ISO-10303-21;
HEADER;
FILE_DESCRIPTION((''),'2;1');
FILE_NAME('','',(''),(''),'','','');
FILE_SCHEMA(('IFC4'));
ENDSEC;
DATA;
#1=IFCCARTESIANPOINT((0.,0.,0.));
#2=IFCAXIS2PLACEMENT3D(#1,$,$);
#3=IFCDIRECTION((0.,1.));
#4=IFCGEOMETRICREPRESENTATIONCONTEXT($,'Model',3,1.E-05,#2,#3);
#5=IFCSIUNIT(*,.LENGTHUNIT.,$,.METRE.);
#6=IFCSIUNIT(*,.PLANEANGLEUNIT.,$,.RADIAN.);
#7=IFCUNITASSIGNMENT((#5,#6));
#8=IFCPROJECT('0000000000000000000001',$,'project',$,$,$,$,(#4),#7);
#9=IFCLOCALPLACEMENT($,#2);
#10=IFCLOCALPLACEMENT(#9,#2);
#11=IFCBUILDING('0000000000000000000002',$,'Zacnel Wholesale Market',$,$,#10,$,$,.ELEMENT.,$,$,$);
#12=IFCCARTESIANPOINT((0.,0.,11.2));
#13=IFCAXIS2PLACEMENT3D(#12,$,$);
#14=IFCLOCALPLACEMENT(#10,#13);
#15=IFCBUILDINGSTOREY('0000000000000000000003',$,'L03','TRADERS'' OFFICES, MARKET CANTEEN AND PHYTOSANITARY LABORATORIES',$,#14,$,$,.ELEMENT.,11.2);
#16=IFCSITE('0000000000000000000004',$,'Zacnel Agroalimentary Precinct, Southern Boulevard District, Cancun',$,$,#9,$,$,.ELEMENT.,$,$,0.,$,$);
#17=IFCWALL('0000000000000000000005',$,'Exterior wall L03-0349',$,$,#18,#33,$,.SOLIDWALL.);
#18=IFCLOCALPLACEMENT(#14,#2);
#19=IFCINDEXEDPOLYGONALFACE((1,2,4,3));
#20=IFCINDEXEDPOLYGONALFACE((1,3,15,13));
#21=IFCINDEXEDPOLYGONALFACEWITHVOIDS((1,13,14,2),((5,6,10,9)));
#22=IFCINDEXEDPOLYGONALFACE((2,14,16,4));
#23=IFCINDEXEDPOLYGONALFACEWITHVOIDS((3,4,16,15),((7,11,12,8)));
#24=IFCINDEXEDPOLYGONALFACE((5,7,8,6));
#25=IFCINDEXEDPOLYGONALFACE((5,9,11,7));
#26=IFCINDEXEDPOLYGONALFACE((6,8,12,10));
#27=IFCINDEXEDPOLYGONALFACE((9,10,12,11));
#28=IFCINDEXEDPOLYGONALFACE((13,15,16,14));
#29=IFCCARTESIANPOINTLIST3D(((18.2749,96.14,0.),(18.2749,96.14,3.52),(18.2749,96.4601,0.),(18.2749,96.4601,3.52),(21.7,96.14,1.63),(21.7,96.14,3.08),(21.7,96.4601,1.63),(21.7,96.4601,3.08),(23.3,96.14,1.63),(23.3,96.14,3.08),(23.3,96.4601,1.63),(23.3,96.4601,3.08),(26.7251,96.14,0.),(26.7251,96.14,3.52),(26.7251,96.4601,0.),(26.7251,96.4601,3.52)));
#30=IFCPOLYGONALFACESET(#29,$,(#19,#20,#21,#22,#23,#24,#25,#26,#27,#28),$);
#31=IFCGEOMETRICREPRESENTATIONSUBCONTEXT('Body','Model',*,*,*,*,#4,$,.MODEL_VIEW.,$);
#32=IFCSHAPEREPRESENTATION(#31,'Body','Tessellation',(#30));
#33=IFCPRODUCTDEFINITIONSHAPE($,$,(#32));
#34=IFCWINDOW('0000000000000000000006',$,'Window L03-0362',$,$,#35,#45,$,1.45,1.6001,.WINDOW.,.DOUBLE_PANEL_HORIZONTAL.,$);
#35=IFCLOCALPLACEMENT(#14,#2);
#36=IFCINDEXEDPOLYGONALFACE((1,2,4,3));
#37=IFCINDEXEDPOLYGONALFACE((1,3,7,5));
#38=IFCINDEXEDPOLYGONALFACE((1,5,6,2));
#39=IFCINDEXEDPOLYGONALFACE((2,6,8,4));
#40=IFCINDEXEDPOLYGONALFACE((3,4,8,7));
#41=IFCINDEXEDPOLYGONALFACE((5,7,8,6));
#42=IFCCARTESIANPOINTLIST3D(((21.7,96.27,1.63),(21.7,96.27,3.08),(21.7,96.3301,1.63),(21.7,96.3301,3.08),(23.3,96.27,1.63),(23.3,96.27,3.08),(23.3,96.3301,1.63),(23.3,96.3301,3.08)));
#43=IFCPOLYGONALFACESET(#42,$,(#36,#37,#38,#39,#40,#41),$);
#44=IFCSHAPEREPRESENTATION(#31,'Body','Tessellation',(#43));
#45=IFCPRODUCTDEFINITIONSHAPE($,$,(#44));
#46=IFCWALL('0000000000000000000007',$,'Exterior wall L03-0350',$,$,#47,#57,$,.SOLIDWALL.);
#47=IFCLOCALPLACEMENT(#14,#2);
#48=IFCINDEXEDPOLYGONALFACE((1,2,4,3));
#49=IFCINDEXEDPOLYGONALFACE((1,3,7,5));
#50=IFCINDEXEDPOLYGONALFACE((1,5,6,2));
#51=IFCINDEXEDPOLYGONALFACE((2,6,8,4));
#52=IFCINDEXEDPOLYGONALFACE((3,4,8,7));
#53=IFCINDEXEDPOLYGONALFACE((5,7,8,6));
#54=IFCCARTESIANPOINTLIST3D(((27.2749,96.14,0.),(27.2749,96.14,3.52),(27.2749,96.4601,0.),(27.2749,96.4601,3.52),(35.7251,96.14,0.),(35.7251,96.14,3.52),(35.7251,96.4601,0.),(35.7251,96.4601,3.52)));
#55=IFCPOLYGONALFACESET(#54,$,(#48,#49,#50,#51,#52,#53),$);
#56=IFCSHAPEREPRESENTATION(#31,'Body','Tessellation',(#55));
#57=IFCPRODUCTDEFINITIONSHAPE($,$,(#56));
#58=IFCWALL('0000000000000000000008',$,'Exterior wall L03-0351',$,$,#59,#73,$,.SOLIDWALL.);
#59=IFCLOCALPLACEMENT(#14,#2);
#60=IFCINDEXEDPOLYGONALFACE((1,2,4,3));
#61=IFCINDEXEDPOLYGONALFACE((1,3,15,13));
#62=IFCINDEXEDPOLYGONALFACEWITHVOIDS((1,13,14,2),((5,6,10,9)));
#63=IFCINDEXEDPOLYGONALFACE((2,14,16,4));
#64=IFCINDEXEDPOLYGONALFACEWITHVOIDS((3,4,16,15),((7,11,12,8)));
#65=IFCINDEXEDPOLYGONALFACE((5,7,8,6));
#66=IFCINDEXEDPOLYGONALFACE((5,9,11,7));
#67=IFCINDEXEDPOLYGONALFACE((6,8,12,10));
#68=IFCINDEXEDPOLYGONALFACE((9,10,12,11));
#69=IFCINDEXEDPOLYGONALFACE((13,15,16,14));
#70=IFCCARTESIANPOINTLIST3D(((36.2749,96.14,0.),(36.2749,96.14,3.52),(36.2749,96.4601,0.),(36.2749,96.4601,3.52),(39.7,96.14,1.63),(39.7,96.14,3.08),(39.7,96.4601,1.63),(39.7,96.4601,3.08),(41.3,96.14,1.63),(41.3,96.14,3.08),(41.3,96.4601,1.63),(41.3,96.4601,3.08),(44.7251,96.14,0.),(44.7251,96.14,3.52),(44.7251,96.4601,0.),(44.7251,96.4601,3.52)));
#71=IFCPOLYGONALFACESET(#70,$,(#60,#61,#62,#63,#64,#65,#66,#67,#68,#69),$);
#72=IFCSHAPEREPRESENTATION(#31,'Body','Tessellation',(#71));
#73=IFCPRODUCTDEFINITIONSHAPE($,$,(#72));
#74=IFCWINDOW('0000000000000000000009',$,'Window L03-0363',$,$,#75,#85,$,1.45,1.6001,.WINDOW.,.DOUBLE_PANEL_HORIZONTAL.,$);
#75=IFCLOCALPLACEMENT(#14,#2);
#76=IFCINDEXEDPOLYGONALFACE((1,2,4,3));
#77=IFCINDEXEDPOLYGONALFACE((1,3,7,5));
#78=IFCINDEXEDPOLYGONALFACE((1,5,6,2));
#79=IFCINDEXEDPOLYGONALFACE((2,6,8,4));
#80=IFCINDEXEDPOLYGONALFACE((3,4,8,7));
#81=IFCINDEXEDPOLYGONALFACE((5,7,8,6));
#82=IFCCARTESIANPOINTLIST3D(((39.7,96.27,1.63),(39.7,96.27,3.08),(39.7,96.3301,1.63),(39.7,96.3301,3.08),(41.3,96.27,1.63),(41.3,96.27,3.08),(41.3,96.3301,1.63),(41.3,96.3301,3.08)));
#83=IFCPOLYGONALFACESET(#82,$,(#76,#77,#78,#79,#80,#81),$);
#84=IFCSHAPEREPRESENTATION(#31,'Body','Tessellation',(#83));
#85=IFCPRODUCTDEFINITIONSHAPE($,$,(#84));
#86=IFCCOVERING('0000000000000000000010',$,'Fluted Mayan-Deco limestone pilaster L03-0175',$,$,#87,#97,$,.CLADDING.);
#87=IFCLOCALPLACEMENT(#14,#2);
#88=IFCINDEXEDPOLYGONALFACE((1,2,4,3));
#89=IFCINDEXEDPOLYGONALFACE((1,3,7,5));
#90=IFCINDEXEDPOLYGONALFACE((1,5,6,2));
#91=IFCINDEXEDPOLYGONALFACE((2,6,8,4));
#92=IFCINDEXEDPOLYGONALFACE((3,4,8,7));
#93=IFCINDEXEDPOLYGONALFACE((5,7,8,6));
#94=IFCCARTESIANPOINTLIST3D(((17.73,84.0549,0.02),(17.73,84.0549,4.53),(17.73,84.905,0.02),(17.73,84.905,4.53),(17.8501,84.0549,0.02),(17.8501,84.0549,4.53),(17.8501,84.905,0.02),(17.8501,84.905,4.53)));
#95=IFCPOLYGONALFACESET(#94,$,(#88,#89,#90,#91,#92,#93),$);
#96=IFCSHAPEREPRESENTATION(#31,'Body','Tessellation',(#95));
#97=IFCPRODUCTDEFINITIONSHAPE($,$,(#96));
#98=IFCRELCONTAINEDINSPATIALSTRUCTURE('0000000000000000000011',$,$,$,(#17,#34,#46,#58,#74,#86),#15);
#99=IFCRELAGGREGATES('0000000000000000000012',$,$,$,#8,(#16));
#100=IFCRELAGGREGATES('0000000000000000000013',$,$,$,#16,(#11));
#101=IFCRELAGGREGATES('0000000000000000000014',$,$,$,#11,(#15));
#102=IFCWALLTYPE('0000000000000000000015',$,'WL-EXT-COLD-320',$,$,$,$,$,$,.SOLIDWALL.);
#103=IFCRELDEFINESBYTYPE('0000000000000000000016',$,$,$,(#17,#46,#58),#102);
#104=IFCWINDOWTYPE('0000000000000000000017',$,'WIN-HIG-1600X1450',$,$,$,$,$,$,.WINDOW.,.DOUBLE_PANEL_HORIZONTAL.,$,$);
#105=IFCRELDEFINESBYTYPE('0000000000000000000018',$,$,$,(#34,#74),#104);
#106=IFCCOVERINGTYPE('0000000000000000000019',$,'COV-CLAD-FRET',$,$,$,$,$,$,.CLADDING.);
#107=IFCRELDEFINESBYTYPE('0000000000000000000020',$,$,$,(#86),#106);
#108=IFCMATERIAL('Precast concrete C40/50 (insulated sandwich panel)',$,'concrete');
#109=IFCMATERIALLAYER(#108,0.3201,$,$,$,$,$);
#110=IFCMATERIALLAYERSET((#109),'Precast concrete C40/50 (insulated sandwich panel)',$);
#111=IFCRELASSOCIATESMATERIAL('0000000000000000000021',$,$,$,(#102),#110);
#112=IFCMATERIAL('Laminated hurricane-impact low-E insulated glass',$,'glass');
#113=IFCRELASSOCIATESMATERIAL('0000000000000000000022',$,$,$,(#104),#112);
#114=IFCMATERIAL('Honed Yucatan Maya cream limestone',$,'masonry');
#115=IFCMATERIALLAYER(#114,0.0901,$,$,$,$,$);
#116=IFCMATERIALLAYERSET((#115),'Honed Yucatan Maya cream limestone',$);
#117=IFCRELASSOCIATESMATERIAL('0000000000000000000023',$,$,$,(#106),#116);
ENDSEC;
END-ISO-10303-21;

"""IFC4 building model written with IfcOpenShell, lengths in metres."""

from ifc_helpers import new_model, si_unit, direction, frame, frame_2d, origin, origin_2d, place, context, subcontext, project, spatial, rectangle, extrude, material, layer, layer_set, type_object, element, fill, save


model = new_model("IFC4")

# Units and contexts
model_context = context("Model", 3, precision=1e-05, world=origin(), true_north=direction((0.0, 1.0)))
body_context = subcontext(model_context, "Body", "Model", "MODEL_VIEW")
ifc_project = project(units=[si_unit("LENGTHUNIT", "METRE"), si_unit("PLANEANGLEUNIT", "RADIAN")], contexts=[model_context])

# Site, building, storey
site_placement = place(None, origin())
site = spatial("IfcSite", under=ifc_project, at=site_placement, Name="Zacnel Agroalimentary Precinct, Southern Boulevard District, Cancun", CompositionType="ELEMENT", RefElevation=0.0)
building_placement = place(site_placement, origin())
building = spatial("IfcBuilding", under=site, at=building_placement, Name="Zacnel Wholesale Market", CompositionType="ELEMENT")
storey_placement = place(building_placement, frame((0.0, 0.0, 11.2)))
storey = spatial("IfcBuildingStorey", under=building, at=storey_placement, Name="L03", Description="TRADERS' OFFICES, MARKET CANTEEN AND PHYTOSANITARY LABORATORIES", CompositionType="ELEMENT", Elevation=11.2)

# Shared definitions
ifc_material_1 = material(Name="Precast concrete C40/50 (insulated sandwich panel)", Category="concrete")
ifc_layer_1 = layer(ifc_material_1, 0.3201)
ifc_layer_set_1 = layer_set([ifc_layer_1], Name="Precast concrete C40/50 (insulated sandwich panel)")
wall_type = type_object("IfcWallType", Name="WL-EXT-COLD-320", PredefinedType="SOLIDWALL", material=ifc_layer_set_1)

# Wall, opening, window
wall_1_placement = place(storey_placement, frame((18.2749, 96.3, 0.0), z_axis=(0.0, 0.0, 1.0), x_axis=(1.0, 0.0, 0.0)))
wall_1 = element("IfcWall", 1, at=wall_1_placement, inside=storey, type_object=wall_type, Name="Exterior wall L03-0349", PredefinedType="SOLIDWALL", context=body_context, shape_type="SweptSolid", body=[
    extrude(rectangle(XDim=8.4502, YDim=0.3201, at=frame_2d((4.2251, 0.0))), origin(), (0.0, 0.0, 1.0), 3.52),
])
opening_1_placement = place(wall_1_placement, frame((3.425, 0.0, 1.6299)))
opening_1 = element("IfcOpeningElement", 2, at=opening_1_placement, cuts=wall_1, PredefinedType="OPENING", context=body_context, shape_type="SweptSolid", body=[
    extrude(rectangle(XDim=1.6001, YDim=1.45, at=frame_2d((0.8, 0.7251))), frame((0.0, 0.1699, 0.0), z_axis=(0.0, -1.0, 0.0), x_axis=(1.0, 0.0, 0.0)), (0.0, 0.0, 1.0), 0.3401),
])
ifc_material_2 = material(Name="Laminated hurricane-impact low-E insulated glass", Category="glass")
window_type = type_object("IfcWindowType", Name="WIN-HIG-1600X1450", PartitioningType="DOUBLE_PANEL_HORIZONTAL", PredefinedType="WINDOW", material=ifc_material_2)
window_1_placement = place(opening_1_placement, origin())
window_1 = element("IfcWindow", 3, at=window_1_placement, inside=storey, type_object=window_type, Name="Window L03-0362", OverallHeight=1.45, OverallWidth=1.6001, PartitioningType="DOUBLE_PANEL_HORIZONTAL", PredefinedType="WINDOW", context=body_context, shape_type="SweptSolid", body=[
    extrude(rectangle(XDim=1.6001, YDim=1.45, at=frame_2d((0.8, 0.7251))), frame((0.0, 0.03, 0.0), z_axis=(0.0, -1.0, 0.0), x_axis=(1.0, 0.0, 0.0)), (0.0, 0.0, 1.0), 0.0601),
])
fill(opening_1, window_1)

# Wall
wall_2_placement = place(storey_placement, frame((27.2749, 96.3, 0.0), z_axis=(0.0, 0.0, 1.0), x_axis=(1.0, 0.0, 0.0)))
element("IfcWall", 4, at=wall_2_placement, inside=storey, type_object=wall_type, Name="Exterior wall L03-0350", PredefinedType="SOLIDWALL", context=body_context, shape_type="SweptSolid", body=[
    extrude(rectangle(XDim=8.4502, YDim=0.3201, at=frame_2d((4.2251, 0.0))), origin(), (0.0, 0.0, 1.0), 3.52),
])

# Wall, opening, window
wall_3_placement = place(storey_placement, frame((36.2749, 96.3, 0.0), z_axis=(0.0, 0.0, 1.0), x_axis=(1.0, 0.0, 0.0)))
wall_3 = element("IfcWall", 5, at=wall_3_placement, inside=storey, type_object=wall_type, Name="Exterior wall L03-0351", PredefinedType="SOLIDWALL", context=body_context, shape_type="SweptSolid", body=[
    extrude(rectangle(XDim=8.4502, YDim=0.3201, at=frame_2d((4.2251, 0.0))), origin(), (0.0, 0.0, 1.0), 3.52),
])
opening_2_placement = place(wall_3_placement, frame((3.425, 0.0, 1.6299)))
opening_2 = element("IfcOpeningElement", 6, at=opening_2_placement, cuts=wall_3, PredefinedType="OPENING", context=body_context, shape_type="SweptSolid", body=[
    extrude(rectangle(XDim=1.6001, YDim=1.45, at=frame_2d((0.8, 0.7251))), frame((0.0, 0.1699, 0.0), z_axis=(0.0, -1.0, 0.0), x_axis=(1.0, 0.0, 0.0)), (0.0, 0.0, 1.0), 0.3401),
])
window_2_placement = place(opening_2_placement, origin())
window_2 = element("IfcWindow", 7, at=window_2_placement, inside=storey, type_object=window_type, Name="Window L03-0363", OverallHeight=1.45, OverallWidth=1.6001, PartitioningType="DOUBLE_PANEL_HORIZONTAL", PredefinedType="WINDOW", context=body_context, shape_type="SweptSolid", body=[
    extrude(rectangle(XDim=1.6001, YDim=1.45, at=frame_2d((0.8, 0.7251))), frame((0.0, 0.03, 0.0), z_axis=(0.0, -1.0, 0.0), x_axis=(1.0, 0.0, 0.0)), (0.0, 0.0, 1.0), 0.0601),
])
fill(opening_2, window_2)

# Covering
ifc_material_3 = material(Name="Honed Yucatan Maya cream limestone", Category="masonry")
ifc_layer_2 = layer(ifc_material_3, 0.0901)
ifc_layer_set_2 = layer_set([ifc_layer_2], Name="Honed Yucatan Maya cream limestone")
covering_type = type_object("IfcCoveringType", Name="COV-CLAD-FRET", PredefinedType="CLADDING", material=ifc_layer_set_2)
covering_placement = place(storey_placement, frame((17.79, 84.48, 0.02), z_axis=(0.0, 0.0, 1.0), x_axis=(0.0, 1.0, 0.0)))
element("IfcCovering", 8, at=covering_placement, inside=storey, type_object=covering_type, Name="Fluted Mayan-Deco limestone pilaster L03-0175", PredefinedType="CLADDING", context=body_context, shape_type="SweptSolid", body=[
    extrude(rectangle(XDim=0.8501, YDim=0.1201, at=origin_2d()), origin(), (0.0, 0.0, 1.0), 4.51),
])

save(model, "model.ifc")
